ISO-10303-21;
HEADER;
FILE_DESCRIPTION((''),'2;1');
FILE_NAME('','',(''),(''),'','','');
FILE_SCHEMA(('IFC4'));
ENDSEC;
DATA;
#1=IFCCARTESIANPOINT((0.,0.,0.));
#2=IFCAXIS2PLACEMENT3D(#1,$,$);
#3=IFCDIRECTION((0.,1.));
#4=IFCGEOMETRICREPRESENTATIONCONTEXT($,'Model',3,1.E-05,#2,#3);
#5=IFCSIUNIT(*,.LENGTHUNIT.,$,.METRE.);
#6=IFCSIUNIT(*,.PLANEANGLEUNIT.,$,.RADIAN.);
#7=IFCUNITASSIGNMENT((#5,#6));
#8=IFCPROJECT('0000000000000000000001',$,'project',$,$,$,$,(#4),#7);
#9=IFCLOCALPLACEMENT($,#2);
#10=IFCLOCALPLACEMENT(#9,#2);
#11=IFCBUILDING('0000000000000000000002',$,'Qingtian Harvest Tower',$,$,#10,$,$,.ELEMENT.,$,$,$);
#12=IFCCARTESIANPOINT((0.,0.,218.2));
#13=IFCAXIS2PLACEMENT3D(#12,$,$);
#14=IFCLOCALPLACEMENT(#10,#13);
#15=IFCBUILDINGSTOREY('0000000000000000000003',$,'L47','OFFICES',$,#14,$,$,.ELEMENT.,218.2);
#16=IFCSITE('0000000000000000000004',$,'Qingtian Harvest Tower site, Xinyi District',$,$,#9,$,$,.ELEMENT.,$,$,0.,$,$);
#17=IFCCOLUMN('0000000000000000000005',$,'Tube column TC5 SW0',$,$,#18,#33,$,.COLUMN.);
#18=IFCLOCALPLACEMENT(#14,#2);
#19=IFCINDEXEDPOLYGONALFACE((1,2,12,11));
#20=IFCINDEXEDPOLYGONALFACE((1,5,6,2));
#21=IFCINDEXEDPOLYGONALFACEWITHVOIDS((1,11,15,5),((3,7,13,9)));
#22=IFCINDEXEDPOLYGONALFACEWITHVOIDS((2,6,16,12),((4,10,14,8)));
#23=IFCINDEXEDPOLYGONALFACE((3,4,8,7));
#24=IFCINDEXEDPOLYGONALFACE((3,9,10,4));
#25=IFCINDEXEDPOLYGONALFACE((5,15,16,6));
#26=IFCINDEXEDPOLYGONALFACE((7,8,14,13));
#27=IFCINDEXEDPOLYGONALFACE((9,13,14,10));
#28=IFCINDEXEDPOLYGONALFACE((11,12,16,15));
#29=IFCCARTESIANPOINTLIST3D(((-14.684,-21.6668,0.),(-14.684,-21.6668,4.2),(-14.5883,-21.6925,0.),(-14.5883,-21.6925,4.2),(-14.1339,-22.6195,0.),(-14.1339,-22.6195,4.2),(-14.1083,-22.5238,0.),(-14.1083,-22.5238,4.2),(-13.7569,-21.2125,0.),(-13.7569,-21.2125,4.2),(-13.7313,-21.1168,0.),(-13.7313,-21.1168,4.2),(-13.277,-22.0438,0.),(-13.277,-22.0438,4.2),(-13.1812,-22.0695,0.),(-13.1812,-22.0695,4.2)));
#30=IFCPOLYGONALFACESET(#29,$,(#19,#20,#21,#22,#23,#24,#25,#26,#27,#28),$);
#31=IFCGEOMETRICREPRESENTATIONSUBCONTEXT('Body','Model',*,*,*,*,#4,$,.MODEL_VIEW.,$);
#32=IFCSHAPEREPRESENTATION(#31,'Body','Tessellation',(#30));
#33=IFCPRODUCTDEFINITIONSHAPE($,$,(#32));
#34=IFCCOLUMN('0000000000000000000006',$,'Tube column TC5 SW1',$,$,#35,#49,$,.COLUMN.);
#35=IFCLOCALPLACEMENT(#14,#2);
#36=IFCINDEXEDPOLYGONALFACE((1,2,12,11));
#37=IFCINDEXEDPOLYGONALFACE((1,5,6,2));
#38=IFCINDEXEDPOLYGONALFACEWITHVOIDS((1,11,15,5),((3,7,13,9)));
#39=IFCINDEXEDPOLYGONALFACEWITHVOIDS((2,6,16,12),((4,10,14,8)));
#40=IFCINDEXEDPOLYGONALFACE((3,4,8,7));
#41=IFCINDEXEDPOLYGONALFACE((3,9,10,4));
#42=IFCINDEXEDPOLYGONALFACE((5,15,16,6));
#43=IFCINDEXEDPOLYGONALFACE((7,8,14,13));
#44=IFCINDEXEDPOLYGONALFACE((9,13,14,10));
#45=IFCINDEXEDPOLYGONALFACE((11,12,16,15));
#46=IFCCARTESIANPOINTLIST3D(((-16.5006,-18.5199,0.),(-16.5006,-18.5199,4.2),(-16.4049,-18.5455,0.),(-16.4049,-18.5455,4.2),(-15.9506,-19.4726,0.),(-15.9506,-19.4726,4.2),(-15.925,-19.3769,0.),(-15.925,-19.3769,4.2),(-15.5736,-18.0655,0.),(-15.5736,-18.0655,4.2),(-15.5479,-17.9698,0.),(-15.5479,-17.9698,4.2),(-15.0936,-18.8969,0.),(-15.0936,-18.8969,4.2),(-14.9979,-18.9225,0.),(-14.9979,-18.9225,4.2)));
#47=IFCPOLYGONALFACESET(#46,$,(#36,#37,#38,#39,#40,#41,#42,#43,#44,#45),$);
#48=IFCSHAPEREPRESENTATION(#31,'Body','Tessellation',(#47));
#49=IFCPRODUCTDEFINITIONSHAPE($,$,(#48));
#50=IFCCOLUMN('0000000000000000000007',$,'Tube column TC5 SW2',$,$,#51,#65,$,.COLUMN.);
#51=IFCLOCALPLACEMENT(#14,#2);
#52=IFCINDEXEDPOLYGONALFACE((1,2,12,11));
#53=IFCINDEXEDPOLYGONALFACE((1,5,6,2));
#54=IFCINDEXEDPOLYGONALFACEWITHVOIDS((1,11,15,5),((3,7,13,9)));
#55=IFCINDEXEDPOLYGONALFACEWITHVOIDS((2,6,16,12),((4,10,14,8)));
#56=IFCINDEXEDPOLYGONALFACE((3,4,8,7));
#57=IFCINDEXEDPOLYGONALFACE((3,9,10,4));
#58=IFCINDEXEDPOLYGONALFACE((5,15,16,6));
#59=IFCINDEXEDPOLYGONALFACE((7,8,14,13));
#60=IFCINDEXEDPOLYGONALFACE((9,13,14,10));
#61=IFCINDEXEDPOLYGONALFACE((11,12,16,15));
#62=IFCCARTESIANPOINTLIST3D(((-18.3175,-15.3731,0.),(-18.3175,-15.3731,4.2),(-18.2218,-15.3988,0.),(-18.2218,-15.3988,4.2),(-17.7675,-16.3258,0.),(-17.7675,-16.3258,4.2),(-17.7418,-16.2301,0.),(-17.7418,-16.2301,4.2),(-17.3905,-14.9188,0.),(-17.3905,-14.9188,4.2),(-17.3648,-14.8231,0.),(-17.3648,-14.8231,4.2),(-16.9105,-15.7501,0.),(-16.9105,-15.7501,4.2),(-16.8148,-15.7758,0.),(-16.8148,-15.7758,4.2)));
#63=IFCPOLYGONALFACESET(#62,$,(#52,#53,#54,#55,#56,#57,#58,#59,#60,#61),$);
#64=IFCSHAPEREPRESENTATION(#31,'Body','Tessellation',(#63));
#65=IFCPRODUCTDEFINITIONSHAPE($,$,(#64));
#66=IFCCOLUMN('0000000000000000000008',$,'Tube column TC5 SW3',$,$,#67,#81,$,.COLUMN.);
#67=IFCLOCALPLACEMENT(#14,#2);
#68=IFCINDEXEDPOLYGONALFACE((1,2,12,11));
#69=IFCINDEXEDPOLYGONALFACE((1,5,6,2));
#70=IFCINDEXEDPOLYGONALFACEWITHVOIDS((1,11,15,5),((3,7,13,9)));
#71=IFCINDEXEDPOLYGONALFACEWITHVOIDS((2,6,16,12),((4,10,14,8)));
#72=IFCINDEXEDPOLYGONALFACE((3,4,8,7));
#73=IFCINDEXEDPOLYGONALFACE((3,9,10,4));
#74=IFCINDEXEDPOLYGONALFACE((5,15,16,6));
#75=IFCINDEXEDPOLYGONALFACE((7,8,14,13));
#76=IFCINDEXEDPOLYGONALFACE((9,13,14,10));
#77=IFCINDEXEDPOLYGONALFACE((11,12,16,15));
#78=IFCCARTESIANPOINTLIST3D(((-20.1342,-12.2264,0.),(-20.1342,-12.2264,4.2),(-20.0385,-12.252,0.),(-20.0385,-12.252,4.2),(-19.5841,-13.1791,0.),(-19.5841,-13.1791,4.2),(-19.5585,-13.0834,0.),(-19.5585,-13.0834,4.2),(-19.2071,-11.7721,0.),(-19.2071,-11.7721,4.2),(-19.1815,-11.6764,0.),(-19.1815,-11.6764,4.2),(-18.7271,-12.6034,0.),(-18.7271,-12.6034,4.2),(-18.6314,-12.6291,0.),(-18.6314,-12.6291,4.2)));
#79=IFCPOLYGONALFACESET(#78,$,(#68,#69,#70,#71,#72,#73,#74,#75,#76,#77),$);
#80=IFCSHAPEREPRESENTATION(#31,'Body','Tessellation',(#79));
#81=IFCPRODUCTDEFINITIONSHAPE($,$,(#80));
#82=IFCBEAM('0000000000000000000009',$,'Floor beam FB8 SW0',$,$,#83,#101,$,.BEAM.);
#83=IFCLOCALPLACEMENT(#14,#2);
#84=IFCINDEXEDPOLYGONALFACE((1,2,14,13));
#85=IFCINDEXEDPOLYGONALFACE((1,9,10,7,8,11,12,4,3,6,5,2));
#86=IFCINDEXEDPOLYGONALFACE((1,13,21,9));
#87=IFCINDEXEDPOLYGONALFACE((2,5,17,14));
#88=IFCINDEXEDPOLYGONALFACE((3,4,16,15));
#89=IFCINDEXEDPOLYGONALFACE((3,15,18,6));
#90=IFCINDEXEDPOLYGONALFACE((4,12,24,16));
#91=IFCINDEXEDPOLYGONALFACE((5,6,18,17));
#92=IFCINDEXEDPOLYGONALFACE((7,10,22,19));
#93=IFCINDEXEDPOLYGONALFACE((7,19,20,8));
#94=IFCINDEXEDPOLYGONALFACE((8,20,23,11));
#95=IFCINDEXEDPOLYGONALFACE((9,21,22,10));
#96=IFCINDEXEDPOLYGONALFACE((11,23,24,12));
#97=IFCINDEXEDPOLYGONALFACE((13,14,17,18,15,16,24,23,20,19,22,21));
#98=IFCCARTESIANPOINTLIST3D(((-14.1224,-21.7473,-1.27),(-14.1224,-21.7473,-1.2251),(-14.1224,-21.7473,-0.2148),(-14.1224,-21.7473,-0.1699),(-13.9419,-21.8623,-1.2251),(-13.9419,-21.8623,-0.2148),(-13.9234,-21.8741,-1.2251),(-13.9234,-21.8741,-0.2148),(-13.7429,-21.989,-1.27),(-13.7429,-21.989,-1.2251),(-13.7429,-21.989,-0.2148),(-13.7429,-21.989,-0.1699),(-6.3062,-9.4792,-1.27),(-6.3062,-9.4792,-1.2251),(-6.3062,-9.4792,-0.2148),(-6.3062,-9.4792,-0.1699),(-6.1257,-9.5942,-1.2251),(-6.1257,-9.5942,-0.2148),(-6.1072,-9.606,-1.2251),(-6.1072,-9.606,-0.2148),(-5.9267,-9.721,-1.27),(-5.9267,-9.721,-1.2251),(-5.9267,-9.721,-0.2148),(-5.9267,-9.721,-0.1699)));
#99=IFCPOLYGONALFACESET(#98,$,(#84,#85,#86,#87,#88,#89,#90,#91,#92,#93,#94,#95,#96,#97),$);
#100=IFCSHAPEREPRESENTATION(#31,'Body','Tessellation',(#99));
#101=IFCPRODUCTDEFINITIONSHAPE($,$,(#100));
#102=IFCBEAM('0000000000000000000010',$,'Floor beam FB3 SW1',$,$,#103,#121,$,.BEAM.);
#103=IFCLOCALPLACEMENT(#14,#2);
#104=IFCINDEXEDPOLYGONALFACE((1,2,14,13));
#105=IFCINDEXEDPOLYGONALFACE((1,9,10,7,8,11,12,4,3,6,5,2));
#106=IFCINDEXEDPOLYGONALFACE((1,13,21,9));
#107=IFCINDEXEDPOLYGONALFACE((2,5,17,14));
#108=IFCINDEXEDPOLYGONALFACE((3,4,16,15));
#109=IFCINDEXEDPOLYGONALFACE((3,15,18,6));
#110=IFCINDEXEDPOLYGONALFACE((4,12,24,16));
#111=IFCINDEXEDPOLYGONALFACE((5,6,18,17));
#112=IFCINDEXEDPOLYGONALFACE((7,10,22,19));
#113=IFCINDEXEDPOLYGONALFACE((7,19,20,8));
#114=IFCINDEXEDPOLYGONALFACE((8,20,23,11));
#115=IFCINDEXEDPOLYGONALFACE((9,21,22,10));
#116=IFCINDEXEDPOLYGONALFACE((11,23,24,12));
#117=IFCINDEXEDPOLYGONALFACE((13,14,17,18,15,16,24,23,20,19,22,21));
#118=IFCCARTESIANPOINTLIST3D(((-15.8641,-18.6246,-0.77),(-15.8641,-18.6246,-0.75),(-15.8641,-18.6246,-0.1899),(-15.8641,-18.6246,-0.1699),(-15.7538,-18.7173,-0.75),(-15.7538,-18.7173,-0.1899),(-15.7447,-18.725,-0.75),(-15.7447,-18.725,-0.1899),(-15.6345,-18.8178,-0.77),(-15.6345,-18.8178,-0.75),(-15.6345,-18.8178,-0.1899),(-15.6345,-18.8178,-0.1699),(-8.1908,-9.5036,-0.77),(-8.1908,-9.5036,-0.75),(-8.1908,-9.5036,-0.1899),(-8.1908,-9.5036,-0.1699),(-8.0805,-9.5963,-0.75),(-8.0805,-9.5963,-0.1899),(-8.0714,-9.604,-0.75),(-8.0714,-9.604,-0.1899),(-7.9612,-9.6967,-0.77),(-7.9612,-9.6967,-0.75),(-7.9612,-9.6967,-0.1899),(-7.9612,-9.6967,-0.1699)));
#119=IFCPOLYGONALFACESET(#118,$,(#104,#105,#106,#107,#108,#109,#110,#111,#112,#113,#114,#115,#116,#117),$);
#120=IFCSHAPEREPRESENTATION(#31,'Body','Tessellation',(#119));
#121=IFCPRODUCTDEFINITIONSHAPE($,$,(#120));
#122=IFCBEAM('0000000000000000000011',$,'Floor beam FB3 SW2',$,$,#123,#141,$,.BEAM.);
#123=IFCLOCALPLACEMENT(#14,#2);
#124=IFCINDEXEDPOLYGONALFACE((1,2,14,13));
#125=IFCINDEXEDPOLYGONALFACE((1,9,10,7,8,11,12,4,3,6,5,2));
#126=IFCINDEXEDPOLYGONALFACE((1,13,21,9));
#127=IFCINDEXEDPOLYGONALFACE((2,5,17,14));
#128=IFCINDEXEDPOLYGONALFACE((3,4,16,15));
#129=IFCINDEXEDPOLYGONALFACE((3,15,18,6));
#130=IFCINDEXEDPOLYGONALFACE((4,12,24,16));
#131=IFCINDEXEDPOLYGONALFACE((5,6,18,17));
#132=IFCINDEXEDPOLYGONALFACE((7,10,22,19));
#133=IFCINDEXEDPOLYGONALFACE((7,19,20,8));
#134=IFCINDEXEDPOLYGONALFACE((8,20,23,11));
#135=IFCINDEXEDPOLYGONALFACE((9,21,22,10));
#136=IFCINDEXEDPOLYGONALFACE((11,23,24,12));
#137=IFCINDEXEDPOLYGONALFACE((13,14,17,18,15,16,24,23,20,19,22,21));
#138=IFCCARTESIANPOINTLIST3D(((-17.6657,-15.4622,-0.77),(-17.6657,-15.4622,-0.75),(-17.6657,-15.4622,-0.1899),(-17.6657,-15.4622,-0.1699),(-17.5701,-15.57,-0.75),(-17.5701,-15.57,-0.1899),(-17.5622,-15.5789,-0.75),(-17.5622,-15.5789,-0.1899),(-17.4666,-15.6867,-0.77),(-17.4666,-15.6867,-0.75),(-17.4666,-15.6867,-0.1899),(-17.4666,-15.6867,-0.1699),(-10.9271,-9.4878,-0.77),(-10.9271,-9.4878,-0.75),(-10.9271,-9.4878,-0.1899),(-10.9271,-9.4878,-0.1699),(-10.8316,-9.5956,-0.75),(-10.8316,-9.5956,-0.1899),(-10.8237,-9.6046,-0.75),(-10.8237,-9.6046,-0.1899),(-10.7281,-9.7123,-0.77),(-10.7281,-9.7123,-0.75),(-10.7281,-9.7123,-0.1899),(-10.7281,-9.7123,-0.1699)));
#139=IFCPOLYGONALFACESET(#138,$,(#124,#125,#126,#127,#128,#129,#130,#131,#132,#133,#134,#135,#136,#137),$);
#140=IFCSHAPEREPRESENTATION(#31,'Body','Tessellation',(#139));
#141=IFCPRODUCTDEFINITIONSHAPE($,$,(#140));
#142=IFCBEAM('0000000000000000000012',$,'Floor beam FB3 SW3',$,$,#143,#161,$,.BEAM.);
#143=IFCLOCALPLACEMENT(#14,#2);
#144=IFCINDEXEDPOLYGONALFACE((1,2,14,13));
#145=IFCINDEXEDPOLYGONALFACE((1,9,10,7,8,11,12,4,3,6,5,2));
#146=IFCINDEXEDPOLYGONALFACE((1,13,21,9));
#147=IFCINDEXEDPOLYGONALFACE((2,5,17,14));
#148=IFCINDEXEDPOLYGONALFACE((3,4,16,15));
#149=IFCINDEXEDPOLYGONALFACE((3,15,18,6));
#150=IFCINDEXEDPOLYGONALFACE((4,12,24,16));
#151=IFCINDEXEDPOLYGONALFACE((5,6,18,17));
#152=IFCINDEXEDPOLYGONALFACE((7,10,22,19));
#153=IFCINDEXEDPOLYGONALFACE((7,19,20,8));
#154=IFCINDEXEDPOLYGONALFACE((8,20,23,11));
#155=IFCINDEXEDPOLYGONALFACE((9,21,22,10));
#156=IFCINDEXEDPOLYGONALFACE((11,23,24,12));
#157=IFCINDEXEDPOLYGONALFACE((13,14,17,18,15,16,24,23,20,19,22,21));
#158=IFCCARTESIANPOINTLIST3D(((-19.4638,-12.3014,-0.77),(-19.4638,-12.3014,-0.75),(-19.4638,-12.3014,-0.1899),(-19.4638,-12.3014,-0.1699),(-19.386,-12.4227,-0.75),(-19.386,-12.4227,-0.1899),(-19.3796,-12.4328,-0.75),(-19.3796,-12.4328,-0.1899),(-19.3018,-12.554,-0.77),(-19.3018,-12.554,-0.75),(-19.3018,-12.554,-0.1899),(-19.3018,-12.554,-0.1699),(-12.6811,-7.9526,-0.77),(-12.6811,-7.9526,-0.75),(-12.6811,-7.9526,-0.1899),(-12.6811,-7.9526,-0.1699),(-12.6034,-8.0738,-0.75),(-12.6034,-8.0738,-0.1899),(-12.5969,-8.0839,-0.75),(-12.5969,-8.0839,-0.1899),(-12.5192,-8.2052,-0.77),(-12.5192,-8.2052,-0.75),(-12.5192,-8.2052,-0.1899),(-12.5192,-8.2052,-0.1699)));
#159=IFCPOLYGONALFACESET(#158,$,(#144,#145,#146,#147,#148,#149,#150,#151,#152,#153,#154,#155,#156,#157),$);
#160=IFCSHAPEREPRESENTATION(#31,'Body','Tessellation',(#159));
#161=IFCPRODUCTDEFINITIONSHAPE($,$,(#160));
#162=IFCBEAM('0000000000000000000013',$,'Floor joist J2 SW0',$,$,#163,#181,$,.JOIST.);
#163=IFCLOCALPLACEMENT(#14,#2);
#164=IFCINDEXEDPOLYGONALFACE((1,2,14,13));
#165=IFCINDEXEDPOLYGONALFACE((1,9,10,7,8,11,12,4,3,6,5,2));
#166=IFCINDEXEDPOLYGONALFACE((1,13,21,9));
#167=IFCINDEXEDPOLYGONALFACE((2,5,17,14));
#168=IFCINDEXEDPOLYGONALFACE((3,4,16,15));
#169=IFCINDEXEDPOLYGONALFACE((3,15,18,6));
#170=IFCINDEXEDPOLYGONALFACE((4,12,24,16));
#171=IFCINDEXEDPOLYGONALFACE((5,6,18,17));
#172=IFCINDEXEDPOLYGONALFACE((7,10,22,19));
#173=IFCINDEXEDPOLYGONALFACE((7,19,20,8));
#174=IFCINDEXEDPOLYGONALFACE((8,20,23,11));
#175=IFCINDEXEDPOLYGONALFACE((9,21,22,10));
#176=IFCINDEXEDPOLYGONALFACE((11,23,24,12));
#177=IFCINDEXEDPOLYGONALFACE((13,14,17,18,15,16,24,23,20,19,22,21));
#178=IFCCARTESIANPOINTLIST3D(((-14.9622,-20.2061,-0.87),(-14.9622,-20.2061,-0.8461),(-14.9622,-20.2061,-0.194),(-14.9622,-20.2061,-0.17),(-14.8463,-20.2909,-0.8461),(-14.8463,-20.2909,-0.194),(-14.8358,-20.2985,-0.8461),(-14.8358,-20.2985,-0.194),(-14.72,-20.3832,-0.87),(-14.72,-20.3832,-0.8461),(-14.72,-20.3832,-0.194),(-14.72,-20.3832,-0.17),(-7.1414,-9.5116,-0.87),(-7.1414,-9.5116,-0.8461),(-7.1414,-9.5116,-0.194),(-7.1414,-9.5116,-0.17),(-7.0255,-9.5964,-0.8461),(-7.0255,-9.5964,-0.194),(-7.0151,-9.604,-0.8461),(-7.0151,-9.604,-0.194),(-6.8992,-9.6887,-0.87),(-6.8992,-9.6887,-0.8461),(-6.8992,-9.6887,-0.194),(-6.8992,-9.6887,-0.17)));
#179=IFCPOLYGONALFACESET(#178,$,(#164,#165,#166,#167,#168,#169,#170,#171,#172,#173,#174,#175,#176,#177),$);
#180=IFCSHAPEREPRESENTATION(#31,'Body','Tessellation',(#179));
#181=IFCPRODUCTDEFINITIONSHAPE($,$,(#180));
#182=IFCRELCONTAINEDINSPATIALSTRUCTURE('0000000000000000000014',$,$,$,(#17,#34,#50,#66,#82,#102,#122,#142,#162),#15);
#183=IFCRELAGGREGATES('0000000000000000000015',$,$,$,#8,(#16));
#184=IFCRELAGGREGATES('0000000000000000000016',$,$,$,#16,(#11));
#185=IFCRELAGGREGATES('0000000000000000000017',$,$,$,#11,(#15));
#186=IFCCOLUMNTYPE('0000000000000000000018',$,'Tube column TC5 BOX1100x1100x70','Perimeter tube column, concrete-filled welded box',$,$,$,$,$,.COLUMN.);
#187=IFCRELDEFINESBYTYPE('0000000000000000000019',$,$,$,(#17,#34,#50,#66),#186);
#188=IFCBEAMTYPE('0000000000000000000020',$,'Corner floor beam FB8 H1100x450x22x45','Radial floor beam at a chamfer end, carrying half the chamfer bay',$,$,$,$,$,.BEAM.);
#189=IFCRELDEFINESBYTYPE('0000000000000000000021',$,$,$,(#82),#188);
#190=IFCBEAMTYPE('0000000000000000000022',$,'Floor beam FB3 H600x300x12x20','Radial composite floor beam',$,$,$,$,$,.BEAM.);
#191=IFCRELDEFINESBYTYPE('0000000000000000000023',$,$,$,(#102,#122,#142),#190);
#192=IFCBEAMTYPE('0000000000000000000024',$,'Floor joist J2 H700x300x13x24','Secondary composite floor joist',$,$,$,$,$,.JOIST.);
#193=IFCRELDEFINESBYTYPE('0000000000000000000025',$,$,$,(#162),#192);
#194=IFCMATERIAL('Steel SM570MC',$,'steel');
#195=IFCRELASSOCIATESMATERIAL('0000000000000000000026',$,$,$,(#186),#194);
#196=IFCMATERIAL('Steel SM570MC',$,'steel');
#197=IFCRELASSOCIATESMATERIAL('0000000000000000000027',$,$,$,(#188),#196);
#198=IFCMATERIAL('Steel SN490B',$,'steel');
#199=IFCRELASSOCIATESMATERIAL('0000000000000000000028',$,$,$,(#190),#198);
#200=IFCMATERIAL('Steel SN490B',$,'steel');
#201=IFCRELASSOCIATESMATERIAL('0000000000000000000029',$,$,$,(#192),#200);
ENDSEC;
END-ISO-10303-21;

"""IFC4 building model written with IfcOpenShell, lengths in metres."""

from ifc_helpers import new_model, si_unit, direction, frame, origin, origin_2d, place, context, subcontext, project, spatial, hollow_rectangle, i_section, extrude, material, material_profile, profile_set, type_object, element, save


model = new_model("IFC4")

# Units and contexts
model_context = context("Model", 3, precision=1e-05, world=origin(), true_north=direction((0.0, 1.0)))
body_context = subcontext(model_context, "Body", "Model", "MODEL_VIEW")
ifc_project = project(units=[si_unit("LENGTHUNIT", "METRE"), si_unit("PLANEANGLEUNIT", "RADIAN")], contexts=[model_context])

# Site, building, storey
site_placement = place(None, origin())
site = spatial("IfcSite", under=ifc_project, at=site_placement, Name="Qingtian Harvest Tower site, Xinyi District", CompositionType="ELEMENT", RefElevation=0.0)
building_placement = place(site_placement, origin())
building = spatial("IfcBuilding", under=site, at=building_placement, Name="Qingtian Harvest Tower", CompositionType="ELEMENT")
storey_placement = place(building_placement, frame((0.0, 0.0, 218.2)))
storey = spatial("IfcBuildingStorey", under=building, at=storey_placement, Name="L47", Description="OFFICES", CompositionType="ELEMENT", Elevation=218.2)

# Columns
ifc_material_1 = material(Name="Steel SM570MC", Category="steel")
ifc_material_profile_1 = material_profile(ifc_material_1, hollow_rectangle(XDim=1.1001, YDim=1.1001, WallThickness=0.0701, at=origin_2d()), Name="BOX1100x1100x70")
ifc_profile_set_1 = profile_set([ifc_material_profile_1], Name="Steel SM570MC")
column_type = type_object("IfcColumnType", Name="Tube column TC5 BOX1100x1100x70", Description="Perimeter tube column, concrete-filled welded box", PredefinedType="COLUMN", material=ifc_profile_set_1)
for number, where, z_axis, x_axis, name in (
    (1, (-13.9326, -21.8682, 0.0), (0.0, 0.0, 1.0), (0.5, -0.866025, 0.0), "Tube column TC5 SW0"),
    (2, (-15.7493, -18.7212, 0.0), (0.0, 0.0, 1.0), (0.5, -0.866025, 0.0), "Tube column TC5 SW1"),
    (3, (-17.5662, -15.5745, 0.0), (0.0, 0.0, 1.0), (0.5, -0.866025, 0.0), "Tube column TC5 SW2"),
    (4, (-19.3828, -12.4277, 0.0), (0.0, 0.0, 1.0), (0.5, -0.866025, 0.0), "Tube column TC5 SW3"),
):
    element("IfcColumn", number, at=place(storey_placement, frame(where, z_axis=z_axis, x_axis=x_axis)), inside=storey, type_object=column_type, Name=name, PredefinedType="COLUMN", context=body_context, shape_type="SweptSolid", body=[
        extrude(hollow_rectangle(XDim=1.1001, YDim=1.1001, WallThickness=0.0701, at=origin_2d()), origin(), (0.0, 0.0, 1.0), 4.2),
    ])

# Beams
ifc_material_2 = material(Name="Steel SM570MC", Category="steel")
ifc_material_profile_2 = material_profile(ifc_material_2, i_section(OverallWidth=0.45, OverallDepth=1.1001, WebThickness=0.022, FlangeThickness=0.0449, at=origin_2d()), Name="H1100x450x22x45")
ifc_profile_set_2 = profile_set([ifc_material_profile_2], Name="Steel SM570MC")
beam_type_1 = type_object("IfcBeamType", Name="Corner floor beam FB8 H1100x450x22x45", Description="Radial floor beam at a chamfer end, carrying half the chamfer bay", PredefinedType="BEAM", material=ifc_profile_set_2)
beam_1_placement = place(storey_placement, frame((-13.9326, -21.8682, -0.72), z_axis=(0.537326, 0.843375, 0.0), x_axis=(-0.843375, 0.537326, 0.0)))
element("IfcBeam", 5, at=beam_1_placement, inside=storey, type_object=beam_type_1, Name="Floor beam FB8 SW0", PredefinedType="BEAM", context=body_context, shape_type="SweptSolid", body=[
    extrude(i_section(OverallWidth=0.45, OverallDepth=1.1001, WebThickness=0.022, FlangeThickness=0.0449, at=origin_2d()), origin(), (0.0, 0.0, 1.0), 14.5464),
])
ifc_material_3 = material(Name="Steel SN490B", Category="steel")
ifc_material_profile_3 = material_profile(ifc_material_3, i_section(OverallWidth=0.3, OverallDepth=0.6001, WebThickness=0.012, FlangeThickness=0.02, at=origin_2d()), Name="H600x300x12x20")
ifc_profile_set_3 = profile_set([ifc_material_profile_3], Name="Steel SN490B")
beam_type_2 = type_object("IfcBeamType", Name="Floor beam FB3 H600x300x12x20", Description="Radial composite floor beam", PredefinedType="BEAM", material=ifc_profile_set_3)
beam_2_placement = place(storey_placement, frame((-15.7493, -18.7212, -0.47), z_axis=(0.643764, 0.765224, 0.0), x_axis=(-0.765224, 0.643764, 0.0)))
element("IfcBeam", 6, at=beam_2_placement, inside=storey, type_object=beam_type_2, Name="Floor beam FB3 SW1", PredefinedType="BEAM", context=body_context, shape_type="SweptSolid", body=[
    extrude(i_section(OverallWidth=0.3, OverallDepth=0.6001, WebThickness=0.012, FlangeThickness=0.02, at=origin_2d()), origin(), (0.0, 0.0, 1.0), 11.9194),
])
beam_3_placement = place(storey_placement, frame((-17.5662, -15.5745, -0.47), z_axis=(0.74826, 0.663406, 0.0), x_axis=(-0.663406, 0.74826, 0.0)))
element("IfcBeam", 7, at=beam_3_placement, inside=storey, type_object=beam_type_2, Name="Floor beam FB3 SW2", PredefinedType="BEAM", context=body_context, shape_type="SweptSolid", body=[
    extrude(i_section(OverallWidth=0.3, OverallDepth=0.6001, WebThickness=0.012, FlangeThickness=0.02, at=origin_2d()), origin(), (0.0, 0.0, 1.0), 9.0056),
])
beam_4_placement = place(storey_placement, frame((-19.3828, -12.4277, -0.47), z_axis=(0.841824, 0.539753, 0.0), x_axis=(-0.539753, 0.841824, 0.0)))
element("IfcBeam", 8, at=beam_4_placement, inside=storey, type_object=beam_type_2, Name="Floor beam FB3 SW3", PredefinedType="BEAM", context=body_context, shape_type="SweptSolid", body=[
    extrude(i_section(OverallWidth=0.3, OverallDepth=0.6001, WebThickness=0.012, FlangeThickness=0.02, at=origin_2d()), origin(), (0.0, 0.0, 1.0), 8.0571),
])
ifc_material_4 = material(Name="Steel SN490B", Category="steel")
ifc_material_profile_4 = material_profile(ifc_material_4, i_section(OverallWidth=0.3, OverallDepth=0.7, WebThickness=0.0129, FlangeThickness=0.0239, at=origin_2d()), Name="H700x300x13x24")
ifc_profile_set_4 = profile_set([ifc_material_profile_4], Name="Steel SN490B")
beam_type_3 = type_object("IfcBeamType", Name="Floor joist J2 H700x300x13x24", Description="Secondary composite floor joist", PredefinedType="JOIST", material=ifc_profile_set_4)
beam_5_placement = place(storey_placement, frame((-14.8411, -20.2947, -0.52), z_axis=(0.590289, 0.807192, 0.0), x_axis=(-0.807192, 0.590289, 0.0)))
element("IfcBeam", 9, at=beam_5_placement, inside=storey, type_object=beam_type_3, Name="Floor joist J2 SW0", PredefinedType="JOIST", context=body_context, shape_type="SweptSolid", body=[
    extrude(i_section(OverallWidth=0.3, OverallDepth=0.7, WebThickness=0.0129, FlangeThickness=0.0239, at=origin_2d()), origin(), (0.0, 0.0, 1.0), 13.249),
])

save(model, "model.ifc")
